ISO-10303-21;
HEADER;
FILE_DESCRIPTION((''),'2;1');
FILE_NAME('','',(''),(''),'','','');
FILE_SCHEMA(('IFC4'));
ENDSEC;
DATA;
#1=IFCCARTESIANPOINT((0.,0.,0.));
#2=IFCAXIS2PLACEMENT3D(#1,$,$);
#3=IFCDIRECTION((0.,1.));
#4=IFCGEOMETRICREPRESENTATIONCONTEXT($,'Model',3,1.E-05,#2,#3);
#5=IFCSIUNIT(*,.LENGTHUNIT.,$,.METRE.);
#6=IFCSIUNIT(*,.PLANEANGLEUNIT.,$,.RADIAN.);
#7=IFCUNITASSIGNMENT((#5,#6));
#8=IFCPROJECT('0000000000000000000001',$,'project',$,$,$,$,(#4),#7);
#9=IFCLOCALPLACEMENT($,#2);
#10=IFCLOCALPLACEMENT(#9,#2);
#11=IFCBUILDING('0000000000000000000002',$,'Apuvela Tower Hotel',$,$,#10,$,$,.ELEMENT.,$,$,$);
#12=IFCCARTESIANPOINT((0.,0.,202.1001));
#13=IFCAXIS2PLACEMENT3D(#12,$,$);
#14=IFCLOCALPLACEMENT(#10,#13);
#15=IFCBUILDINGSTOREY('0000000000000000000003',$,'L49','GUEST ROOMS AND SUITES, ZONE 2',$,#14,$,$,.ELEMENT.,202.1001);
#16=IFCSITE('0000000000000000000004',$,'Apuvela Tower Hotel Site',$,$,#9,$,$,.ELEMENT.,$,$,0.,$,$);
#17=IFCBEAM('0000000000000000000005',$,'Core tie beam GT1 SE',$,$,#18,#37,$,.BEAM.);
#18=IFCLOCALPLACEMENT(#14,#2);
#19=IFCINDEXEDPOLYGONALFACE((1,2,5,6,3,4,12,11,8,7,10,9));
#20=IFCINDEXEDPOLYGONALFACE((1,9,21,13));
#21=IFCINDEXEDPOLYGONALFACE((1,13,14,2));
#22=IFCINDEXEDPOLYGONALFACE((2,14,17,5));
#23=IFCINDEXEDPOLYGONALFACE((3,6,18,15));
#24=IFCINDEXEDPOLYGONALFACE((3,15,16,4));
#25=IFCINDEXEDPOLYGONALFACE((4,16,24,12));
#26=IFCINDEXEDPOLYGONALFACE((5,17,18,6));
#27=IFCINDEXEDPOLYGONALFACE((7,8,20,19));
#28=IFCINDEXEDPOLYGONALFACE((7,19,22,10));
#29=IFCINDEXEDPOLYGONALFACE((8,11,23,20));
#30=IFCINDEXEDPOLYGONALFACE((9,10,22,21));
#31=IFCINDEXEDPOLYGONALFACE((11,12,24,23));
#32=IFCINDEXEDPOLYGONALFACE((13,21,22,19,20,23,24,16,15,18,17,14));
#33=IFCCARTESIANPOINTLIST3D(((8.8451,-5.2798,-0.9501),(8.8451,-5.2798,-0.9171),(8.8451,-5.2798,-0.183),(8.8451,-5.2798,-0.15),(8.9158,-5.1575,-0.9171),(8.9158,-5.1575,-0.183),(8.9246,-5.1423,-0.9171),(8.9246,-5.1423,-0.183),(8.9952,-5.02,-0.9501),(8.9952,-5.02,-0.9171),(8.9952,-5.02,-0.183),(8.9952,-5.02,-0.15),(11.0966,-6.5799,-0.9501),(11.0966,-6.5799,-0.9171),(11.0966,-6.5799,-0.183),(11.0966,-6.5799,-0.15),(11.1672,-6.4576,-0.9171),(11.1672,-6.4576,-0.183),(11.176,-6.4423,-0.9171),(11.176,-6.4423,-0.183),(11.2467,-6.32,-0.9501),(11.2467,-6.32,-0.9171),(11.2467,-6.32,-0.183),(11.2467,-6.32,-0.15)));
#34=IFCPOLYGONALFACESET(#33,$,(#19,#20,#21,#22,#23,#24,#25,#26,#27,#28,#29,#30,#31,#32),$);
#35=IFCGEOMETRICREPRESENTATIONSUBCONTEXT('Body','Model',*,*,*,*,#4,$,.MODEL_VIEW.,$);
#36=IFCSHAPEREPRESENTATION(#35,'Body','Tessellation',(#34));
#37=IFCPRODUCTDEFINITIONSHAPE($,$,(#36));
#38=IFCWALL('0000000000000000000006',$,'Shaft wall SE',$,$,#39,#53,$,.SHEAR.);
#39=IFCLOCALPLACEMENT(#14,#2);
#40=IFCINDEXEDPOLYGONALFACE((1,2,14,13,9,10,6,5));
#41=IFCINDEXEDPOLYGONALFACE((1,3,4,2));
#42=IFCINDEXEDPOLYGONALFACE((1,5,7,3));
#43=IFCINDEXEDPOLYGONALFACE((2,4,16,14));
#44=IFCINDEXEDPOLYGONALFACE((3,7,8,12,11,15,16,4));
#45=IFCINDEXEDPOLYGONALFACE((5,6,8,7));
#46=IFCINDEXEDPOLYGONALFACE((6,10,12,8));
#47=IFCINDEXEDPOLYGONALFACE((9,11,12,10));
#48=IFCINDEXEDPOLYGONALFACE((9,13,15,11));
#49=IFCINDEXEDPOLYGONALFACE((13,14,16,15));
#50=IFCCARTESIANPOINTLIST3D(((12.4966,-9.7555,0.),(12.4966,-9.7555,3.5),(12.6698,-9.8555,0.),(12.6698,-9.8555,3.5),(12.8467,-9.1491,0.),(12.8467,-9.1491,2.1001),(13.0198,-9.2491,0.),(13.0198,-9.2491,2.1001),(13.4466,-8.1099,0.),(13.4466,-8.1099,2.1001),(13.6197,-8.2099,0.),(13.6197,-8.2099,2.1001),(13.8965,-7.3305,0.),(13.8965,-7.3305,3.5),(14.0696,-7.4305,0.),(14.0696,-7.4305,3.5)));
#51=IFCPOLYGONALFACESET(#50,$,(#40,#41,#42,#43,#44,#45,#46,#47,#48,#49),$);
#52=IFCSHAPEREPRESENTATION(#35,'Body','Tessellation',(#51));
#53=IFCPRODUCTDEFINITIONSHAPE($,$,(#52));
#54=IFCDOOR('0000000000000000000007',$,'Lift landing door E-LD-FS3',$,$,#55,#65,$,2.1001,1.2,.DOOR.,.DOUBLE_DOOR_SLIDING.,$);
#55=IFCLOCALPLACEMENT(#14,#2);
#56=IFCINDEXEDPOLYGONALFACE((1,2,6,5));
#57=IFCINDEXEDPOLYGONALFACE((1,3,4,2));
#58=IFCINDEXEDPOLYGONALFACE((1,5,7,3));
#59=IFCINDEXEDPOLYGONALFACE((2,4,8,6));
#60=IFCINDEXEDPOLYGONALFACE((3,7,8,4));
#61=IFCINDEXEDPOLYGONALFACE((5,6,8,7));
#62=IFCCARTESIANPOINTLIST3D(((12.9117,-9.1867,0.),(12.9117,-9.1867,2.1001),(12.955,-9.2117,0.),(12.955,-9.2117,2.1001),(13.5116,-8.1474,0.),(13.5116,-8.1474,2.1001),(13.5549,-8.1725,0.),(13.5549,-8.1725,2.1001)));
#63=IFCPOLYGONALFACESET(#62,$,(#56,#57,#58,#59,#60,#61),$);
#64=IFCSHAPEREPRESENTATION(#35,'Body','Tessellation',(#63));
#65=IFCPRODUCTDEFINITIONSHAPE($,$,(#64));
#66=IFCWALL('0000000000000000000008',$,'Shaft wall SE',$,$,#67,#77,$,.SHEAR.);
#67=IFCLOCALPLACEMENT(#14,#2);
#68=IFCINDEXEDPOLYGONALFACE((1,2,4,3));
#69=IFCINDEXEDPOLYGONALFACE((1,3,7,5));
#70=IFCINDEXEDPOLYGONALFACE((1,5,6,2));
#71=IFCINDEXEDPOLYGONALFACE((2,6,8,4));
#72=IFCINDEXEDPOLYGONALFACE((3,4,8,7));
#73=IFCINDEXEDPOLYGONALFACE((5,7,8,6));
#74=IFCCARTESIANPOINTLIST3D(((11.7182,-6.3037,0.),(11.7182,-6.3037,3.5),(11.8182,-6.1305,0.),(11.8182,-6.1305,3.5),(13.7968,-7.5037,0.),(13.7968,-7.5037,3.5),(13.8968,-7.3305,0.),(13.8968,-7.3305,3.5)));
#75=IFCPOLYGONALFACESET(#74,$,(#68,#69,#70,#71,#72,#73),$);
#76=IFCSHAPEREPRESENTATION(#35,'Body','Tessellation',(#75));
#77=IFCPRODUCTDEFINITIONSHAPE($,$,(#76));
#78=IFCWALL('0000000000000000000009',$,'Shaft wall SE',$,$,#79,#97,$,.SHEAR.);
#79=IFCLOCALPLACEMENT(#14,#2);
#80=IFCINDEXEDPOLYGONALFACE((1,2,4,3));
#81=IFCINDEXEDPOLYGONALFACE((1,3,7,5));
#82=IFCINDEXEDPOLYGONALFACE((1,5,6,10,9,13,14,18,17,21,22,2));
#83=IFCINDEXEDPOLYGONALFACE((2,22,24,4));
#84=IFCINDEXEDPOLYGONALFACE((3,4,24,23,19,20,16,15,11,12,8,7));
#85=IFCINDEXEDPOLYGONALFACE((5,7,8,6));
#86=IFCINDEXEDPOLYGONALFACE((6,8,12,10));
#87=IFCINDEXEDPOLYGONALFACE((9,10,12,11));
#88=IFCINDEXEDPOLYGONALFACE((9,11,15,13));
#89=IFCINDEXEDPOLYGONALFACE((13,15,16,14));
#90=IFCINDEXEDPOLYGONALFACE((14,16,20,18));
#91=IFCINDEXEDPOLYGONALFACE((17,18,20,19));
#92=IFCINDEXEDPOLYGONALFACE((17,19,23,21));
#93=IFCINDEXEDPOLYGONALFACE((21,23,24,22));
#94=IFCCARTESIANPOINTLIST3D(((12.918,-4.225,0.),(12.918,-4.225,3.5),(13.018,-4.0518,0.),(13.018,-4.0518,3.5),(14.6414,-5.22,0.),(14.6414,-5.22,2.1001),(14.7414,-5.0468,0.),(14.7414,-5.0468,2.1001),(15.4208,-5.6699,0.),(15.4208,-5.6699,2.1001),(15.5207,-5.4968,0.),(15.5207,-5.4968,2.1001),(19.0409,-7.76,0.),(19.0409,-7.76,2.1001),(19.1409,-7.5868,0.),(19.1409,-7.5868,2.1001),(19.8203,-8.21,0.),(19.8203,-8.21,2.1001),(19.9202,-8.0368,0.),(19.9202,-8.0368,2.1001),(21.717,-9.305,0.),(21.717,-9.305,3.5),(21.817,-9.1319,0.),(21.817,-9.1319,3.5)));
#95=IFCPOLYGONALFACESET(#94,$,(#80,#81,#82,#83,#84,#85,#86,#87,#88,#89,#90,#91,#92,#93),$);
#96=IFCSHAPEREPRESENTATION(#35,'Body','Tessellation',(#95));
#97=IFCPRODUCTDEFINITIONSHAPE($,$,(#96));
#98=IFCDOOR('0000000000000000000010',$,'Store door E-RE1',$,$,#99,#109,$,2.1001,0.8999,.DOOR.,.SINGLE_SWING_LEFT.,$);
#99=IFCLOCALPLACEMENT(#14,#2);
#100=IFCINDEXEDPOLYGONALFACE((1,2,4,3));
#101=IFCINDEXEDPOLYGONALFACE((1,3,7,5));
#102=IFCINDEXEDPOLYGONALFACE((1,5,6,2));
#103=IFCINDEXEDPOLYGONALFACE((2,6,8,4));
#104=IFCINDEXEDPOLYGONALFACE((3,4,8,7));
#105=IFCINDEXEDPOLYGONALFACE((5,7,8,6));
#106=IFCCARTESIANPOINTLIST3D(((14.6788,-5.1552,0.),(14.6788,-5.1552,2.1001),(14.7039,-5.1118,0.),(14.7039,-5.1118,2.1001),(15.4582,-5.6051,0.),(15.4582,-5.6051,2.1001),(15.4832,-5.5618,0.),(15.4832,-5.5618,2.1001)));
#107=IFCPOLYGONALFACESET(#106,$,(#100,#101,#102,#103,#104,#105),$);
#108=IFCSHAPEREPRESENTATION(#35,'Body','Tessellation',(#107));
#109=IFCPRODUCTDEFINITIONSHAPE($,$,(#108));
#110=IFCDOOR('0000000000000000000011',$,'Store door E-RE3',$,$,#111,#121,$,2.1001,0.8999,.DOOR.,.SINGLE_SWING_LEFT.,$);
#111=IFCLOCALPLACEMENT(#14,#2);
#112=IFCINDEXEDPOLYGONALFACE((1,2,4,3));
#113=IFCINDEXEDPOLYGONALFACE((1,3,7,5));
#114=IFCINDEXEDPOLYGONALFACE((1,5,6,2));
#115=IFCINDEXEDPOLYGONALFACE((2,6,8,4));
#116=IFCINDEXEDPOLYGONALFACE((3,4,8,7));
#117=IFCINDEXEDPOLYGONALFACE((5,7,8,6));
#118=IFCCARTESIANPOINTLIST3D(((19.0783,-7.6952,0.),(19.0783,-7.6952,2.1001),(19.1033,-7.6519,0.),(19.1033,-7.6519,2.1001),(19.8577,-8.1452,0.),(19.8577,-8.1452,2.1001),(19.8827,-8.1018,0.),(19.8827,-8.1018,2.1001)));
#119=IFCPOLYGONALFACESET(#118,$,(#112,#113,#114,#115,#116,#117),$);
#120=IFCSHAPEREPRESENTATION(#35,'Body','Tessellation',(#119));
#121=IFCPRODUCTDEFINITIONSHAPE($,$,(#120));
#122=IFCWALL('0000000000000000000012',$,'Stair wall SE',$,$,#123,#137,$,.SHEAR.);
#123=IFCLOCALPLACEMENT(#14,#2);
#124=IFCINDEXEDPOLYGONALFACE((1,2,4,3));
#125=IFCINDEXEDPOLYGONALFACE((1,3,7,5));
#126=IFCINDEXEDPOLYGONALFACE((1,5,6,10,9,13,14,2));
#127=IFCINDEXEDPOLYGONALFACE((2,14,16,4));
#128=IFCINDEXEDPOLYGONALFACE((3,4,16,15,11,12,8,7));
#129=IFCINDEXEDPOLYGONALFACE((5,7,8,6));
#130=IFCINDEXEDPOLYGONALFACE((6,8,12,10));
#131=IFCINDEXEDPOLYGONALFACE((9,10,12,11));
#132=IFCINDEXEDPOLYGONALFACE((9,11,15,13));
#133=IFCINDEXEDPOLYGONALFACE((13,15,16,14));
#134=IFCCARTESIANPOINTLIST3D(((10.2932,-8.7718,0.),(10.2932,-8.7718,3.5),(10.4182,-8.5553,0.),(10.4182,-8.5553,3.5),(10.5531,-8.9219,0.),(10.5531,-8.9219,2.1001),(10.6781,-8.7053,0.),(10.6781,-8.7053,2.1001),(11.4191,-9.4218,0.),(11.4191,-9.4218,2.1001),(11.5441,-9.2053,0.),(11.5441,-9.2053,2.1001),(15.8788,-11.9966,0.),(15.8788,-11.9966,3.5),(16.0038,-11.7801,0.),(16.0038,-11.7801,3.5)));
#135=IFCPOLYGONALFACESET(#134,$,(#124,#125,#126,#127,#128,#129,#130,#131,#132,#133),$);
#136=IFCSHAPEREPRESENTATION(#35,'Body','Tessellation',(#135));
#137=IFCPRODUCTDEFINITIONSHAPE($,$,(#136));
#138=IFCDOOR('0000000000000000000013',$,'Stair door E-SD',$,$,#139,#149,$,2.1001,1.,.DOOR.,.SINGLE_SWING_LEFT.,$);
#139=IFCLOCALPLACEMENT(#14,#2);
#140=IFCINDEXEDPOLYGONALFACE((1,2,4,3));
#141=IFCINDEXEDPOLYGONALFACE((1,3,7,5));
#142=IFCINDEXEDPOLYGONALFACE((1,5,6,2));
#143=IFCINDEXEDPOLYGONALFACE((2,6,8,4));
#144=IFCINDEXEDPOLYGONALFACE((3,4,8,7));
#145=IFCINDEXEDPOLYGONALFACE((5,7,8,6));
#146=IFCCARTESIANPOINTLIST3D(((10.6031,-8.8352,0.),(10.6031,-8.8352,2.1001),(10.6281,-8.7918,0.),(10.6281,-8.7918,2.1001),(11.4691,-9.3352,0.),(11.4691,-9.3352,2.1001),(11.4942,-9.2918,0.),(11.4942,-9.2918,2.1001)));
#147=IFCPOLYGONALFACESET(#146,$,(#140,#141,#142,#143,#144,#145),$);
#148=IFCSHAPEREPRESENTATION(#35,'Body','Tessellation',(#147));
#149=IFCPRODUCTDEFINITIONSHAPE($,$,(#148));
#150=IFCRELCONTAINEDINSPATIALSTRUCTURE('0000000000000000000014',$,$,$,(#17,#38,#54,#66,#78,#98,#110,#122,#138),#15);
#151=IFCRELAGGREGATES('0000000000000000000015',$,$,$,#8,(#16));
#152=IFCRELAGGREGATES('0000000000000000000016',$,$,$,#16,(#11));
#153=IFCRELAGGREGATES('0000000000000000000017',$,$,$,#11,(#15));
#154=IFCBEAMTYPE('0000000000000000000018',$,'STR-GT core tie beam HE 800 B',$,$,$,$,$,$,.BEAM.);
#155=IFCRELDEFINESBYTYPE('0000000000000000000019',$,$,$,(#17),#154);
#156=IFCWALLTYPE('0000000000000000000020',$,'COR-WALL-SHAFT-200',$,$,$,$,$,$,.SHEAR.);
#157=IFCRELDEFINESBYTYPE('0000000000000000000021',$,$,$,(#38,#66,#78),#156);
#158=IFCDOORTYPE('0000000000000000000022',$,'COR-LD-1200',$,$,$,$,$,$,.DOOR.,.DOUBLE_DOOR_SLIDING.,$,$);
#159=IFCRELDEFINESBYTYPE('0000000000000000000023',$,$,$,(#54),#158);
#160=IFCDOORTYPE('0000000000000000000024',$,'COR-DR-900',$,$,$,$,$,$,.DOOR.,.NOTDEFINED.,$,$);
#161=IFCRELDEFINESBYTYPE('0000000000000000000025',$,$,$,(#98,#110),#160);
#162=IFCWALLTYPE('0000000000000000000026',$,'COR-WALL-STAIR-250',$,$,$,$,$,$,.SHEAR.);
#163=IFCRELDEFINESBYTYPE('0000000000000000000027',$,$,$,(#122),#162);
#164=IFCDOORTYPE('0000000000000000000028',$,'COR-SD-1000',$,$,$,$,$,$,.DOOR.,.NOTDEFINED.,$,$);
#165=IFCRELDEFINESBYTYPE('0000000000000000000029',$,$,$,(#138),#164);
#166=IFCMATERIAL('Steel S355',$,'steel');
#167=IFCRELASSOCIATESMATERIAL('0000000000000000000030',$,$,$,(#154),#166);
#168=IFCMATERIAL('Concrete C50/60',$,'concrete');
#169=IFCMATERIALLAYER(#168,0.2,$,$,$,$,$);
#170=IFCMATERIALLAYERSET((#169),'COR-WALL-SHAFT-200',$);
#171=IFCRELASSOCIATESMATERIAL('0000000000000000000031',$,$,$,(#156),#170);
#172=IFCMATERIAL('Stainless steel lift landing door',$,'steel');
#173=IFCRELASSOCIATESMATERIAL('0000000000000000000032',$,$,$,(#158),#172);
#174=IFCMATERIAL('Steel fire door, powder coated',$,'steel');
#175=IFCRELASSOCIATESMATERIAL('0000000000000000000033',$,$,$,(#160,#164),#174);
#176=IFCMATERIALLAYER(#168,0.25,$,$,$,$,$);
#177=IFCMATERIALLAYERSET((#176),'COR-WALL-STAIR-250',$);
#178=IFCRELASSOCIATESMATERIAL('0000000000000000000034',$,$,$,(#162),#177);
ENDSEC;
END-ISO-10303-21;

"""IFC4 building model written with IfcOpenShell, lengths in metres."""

from ifc_helpers import new_model, si_unit, direction, frame, frame_2d, origin, origin_2d, place, context, subcontext, project, spatial, rectangle, i_section, extrude, material, layer, layer_set, material_profile, profile_set, type_object, element, fill, save


model = new_model("IFC4")

# Units and contexts
model_context = context("Model", 3, precision=1e-05, world=origin(), true_north=direction((0.0, 1.0)))
body_context = subcontext(model_context, "Body", "Model", "MODEL_VIEW")
ifc_project = project(units=[si_unit("LENGTHUNIT", "METRE"), si_unit("PLANEANGLEUNIT", "RADIAN")], contexts=[model_context])

# Site, building, storey
site_placement = place(None, origin())
site = spatial("IfcSite", under=ifc_project, at=site_placement, Name="Apuvela Tower Hotel Site", CompositionType="ELEMENT", RefElevation=0.0)
building_placement = place(site_placement, origin())
building = spatial("IfcBuilding", under=site, at=building_placement, Name="Apuvela Tower Hotel", CompositionType="ELEMENT")
storey_placement = place(building_placement, frame((0.0, 0.0, 202.1001)))
storey = spatial("IfcBuildingStorey", under=building, at=storey_placement, Name="L49", Description="GUEST ROOMS AND SUITES, ZONE 2", CompositionType="ELEMENT", Elevation=202.1001)

# Beam
ifc_material_1 = material(Name="Steel S355", Category="steel")
ifc_material_profile = material_profile(ifc_material_1, i_section(OverallWidth=0.3, OverallDepth=0.8, WebThickness=0.0176, FlangeThickness=0.033, at=origin_2d()), Name="HE 800 B")
ifc_profile_set = profile_set([ifc_material_profile], Name="Steel S355")
beam_type = type_object("IfcBeamType", Name="STR-GT core tie beam HE 800 B", PredefinedType="BEAM", material=ifc_profile_set)
beam_placement = place(storey_placement, frame((11.1716, -6.45, -0.55), z_axis=(-0.865998, 0.500048, 0.0), x_axis=(-0.500048, -0.865998, 0.0)))
element("IfcBeam", 1, at=beam_placement, inside=storey, type_object=beam_type, Name="Core tie beam GT1 SE", PredefinedType="BEAM", context=body_context, shape_type="SweptSolid", body=[
    extrude(i_section(OverallWidth=0.3, OverallDepth=0.8, WebThickness=0.0176, FlangeThickness=0.033, at=origin_2d()), origin(), (0.0, 0.0, 1.0), 2.5999),
])

# Wall, opening, door
ifc_material_2 = material(Name="Concrete C50/60", Category="concrete")
ifc_layer_1 = layer(ifc_material_2, 0.2)
ifc_layer_set_1 = layer_set([ifc_layer_1], Name="COR-WALL-SHAFT-200")
wall_type_1 = type_object("IfcWallType", Name="COR-WALL-SHAFT-200", PredefinedType="SHEAR", material=ifc_layer_set_1)
wall_1_placement = place(storey_placement, frame((12.5833, -9.8054, 0.0), z_axis=(0.0, 0.0, 1.0), x_axis=(0.499946, 0.866056, 0.0)))
wall_1 = element("IfcWall", 2, at=wall_1_placement, inside=storey, type_object=wall_type_1, Name="Shaft wall SE", PredefinedType="SHEAR", context=body_context, shape_type="SweptSolid", body=[
    extrude(rectangle(XDim=2.8, YDim=0.2, at=frame_2d((1.3999, 0.0))), origin(), (0.0, 0.0, 1.0), 3.5),
])
opening_1_placement = place(wall_1_placement, frame((0.7, 0.0, 0.0)))
opening_1 = element("IfcOpeningElement", 3, at=opening_1_placement, cuts=wall_1, PredefinedType="OPENING", context=body_context, shape_type="SweptSolid", body=[
    extrude(rectangle(XDim=1.2, YDim=2.1001, at=frame_2d((0.6001, 1.05))), frame((0.0, 0.1099, 0.0), z_axis=(0.0, -1.0, 0.0), x_axis=(1.0, 0.0, 0.0)), (0.0, 0.0, 1.0), 0.22),
])
ifc_material_3 = material(Name="Stainless steel lift landing door", Category="steel")
door_type_1 = type_object("IfcDoorType", Name="COR-LD-1200", OperationType="DOUBLE_DOOR_SLIDING", PredefinedType="DOOR", material=ifc_material_3)
door_1_placement = place(opening_1_placement, origin())
door_1 = element("IfcDoor", 4, at=door_1_placement, inside=storey, type_object=door_type_1, Name="Lift landing door E-LD-FS3", OperationType="DOUBLE_DOOR_SLIDING", OverallHeight=2.1001, OverallWidth=1.2, PredefinedType="DOOR", context=body_context, shape_type="SweptSolid", body=[
    extrude(rectangle(XDim=1.2, YDim=2.1001, at=frame_2d((0.6001, 1.05))), frame((0.0, 0.0249, 0.0), z_axis=(0.0, -1.0, 0.0), x_axis=(1.0, 0.0, 0.0)), (0.0, 0.0, 1.0), 0.05),
])
fill(opening_1, door_1)

# Wall
wall_2_placement = place(storey_placement, frame((11.7681, -6.217, 0.0), z_axis=(0.0, 0.0, 1.0), x_axis=(0.86605, -0.499957, 0.0)))
element("IfcWall", 5, at=wall_2_placement, inside=storey, type_object=wall_type_1, Name="Shaft wall SE", PredefinedType="SHEAR", context=body_context, shape_type="SweptSolid", body=[
    extrude(rectangle(XDim=2.4001, YDim=0.2, at=frame_2d((1.2002, 0.0))), origin(), (0.0, 0.0, 1.0), 3.5),
])

# Wall, openings, doors
wall_3_placement = place(storey_placement, frame((12.968, -4.1384, 0.0), z_axis=(0.0, 0.0, 1.0), x_axis=(0.866028, -0.499995, 0.0)))
wall_3 = element("IfcWall", 6, at=wall_3_placement, inside=storey, type_object=wall_type_1, Name="Shaft wall SE", PredefinedType="SHEAR", context=body_context, shape_type="SweptSolid", body=[
    extrude(rectangle(XDim=10.1602, YDim=0.2, at=frame_2d((5.0801, 0.0))), origin(), (0.0, 0.0, 1.0), 3.5),
])
opening_2_placement = place(wall_3_placement, frame((1.99, 0.0, 0.0)))
opening_2 = element("IfcOpeningElement", 7, at=opening_2_placement, cuts=wall_3, PredefinedType="OPENING", context=body_context, shape_type="SweptSolid", body=[
    extrude(rectangle(XDim=0.8999, YDim=2.1001, at=frame_2d((0.45, 1.05))), frame((0.0, 0.1099, 0.0), z_axis=(0.0, -1.0, 0.0), x_axis=(1.0, 0.0, 0.0)), (0.0, 0.0, 1.0), 0.22),
])
opening_3_placement = place(wall_3_placement, frame((7.0701, 0.0, 0.0)))
opening_3 = element("IfcOpeningElement", 8, at=opening_3_placement, cuts=wall_3, PredefinedType="OPENING", context=body_context, shape_type="SweptSolid", body=[
    extrude(rectangle(XDim=0.8999, YDim=2.1001, at=frame_2d((0.45, 1.05))), frame((0.0, 0.1099, 0.0), z_axis=(0.0, -1.0, 0.0), x_axis=(1.0, 0.0, 0.0)), (0.0, 0.0, 1.0), 0.22),
])
ifc_material_4 = material(Name="Steel fire door, powder coated", Category="steel")
door_type_2 = type_object("IfcDoorType", Name="COR-DR-900", OperationType="NOTDEFINED", PredefinedType="DOOR", material=ifc_material_4)
door_2_placement = place(opening_2_placement, origin())
door_2 = element("IfcDoor", 9, at=door_2_placement, inside=storey, type_object=door_type_2, Name="Store door E-RE1", OperationType="SINGLE_SWING_LEFT", OverallHeight=2.1001, OverallWidth=0.8999, PredefinedType="DOOR", context=body_context, shape_type="SweptSolid", body=[
    extrude(rectangle(XDim=0.8999, YDim=2.1001, at=frame_2d((0.45, 1.05))), frame((0.0, 0.0249, 0.0), z_axis=(0.0, -1.0, 0.0), x_axis=(1.0, 0.0, 0.0)), (0.0, 0.0, 1.0), 0.05),
])
fill(opening_2, door_2)
door_3_placement = place(opening_3_placement, origin())
door_3 = element("IfcDoor", 10, at=door_3_placement, inside=storey, type_object=door_type_2, Name="Store door E-RE3", OperationType="SINGLE_SWING_LEFT", OverallHeight=2.1001, OverallWidth=0.8999, PredefinedType="DOOR", context=body_context, shape_type="SweptSolid", body=[
    extrude(rectangle(XDim=0.8999, YDim=2.1001, at=frame_2d((0.45, 1.05))), frame((0.0, 0.0249, 0.0), z_axis=(0.0, -1.0, 0.0), x_axis=(1.0, 0.0, 0.0)), (0.0, 0.0, 1.0), 0.05),
])
fill(opening_3, door_3)

# Wall, opening, door
ifc_layer_2 = layer(ifc_material_2, 0.25)
ifc_layer_set_2 = layer_set([ifc_layer_2], Name="COR-WALL-STAIR-250")
wall_type_2 = type_object("IfcWallType", Name="COR-WALL-STAIR-250", PredefinedType="SHEAR", material=ifc_layer_set_2)
wall_4_placement = place(storey_placement, frame((10.3557, -8.6636, 0.0), z_axis=(0.0, 0.0, 1.0), x_axis=(0.866029, -0.499994, 0.0)))
wall_4 = element("IfcWall", 11, at=wall_4_placement, inside=storey, type_object=wall_type_2, Name="Stair wall SE", PredefinedType="SHEAR", context=body_context, shape_type="SweptSolid", body=[
    extrude(rectangle(XDim=6.4497, YDim=0.25, at=frame_2d((3.2249, 0.0))), origin(), (0.0, 0.0, 1.0), 3.5),
])
opening_4_placement = place(wall_4_placement, frame((0.3, 0.0, 0.0)))
opening_4 = element("IfcOpeningElement", 12, at=opening_4_placement, cuts=wall_4, PredefinedType="OPENING", context=body_context, shape_type="SweptSolid", body=[
    extrude(rectangle(XDim=1.0, YDim=2.1001, at=frame_2d((0.5, 1.05))), frame((0.0, 0.135, 0.0), z_axis=(0.0, -1.0, 0.0), x_axis=(1.0, 0.0, 0.0)), (0.0, 0.0, 1.0), 0.27),
])
door_type_3 = type_object("IfcDoorType", Name="COR-SD-1000", OperationType="NOTDEFINED", PredefinedType="DOOR", material=ifc_material_4)
door_4_placement = place(opening_4_placement, frame((1.0, 0.0, 0.0), z_axis=(0.0, 0.0, 1.0), x_axis=(-1.0, 0.0, 0.0)))
door_4 = element("IfcDoor", 13, at=door_4_placement, inside=storey, type_object=door_type_3, Name="Stair door E-SD", OperationType="SINGLE_SWING_LEFT", OverallHeight=2.1001, OverallWidth=1.0, PredefinedType="DOOR", context=body_context, shape_type="SweptSolid", body=[
    extrude(rectangle(XDim=1.0, YDim=2.1001, at=frame_2d((0.5, 1.05))), frame((0.0, 0.0249, 0.0), z_axis=(0.0, -1.0, 0.0), x_axis=(1.0, 0.0, 0.0)), (0.0, 0.0, 1.0), 0.05),
])
fill(opening_4, door_4)

save(model, "model.ifc")
